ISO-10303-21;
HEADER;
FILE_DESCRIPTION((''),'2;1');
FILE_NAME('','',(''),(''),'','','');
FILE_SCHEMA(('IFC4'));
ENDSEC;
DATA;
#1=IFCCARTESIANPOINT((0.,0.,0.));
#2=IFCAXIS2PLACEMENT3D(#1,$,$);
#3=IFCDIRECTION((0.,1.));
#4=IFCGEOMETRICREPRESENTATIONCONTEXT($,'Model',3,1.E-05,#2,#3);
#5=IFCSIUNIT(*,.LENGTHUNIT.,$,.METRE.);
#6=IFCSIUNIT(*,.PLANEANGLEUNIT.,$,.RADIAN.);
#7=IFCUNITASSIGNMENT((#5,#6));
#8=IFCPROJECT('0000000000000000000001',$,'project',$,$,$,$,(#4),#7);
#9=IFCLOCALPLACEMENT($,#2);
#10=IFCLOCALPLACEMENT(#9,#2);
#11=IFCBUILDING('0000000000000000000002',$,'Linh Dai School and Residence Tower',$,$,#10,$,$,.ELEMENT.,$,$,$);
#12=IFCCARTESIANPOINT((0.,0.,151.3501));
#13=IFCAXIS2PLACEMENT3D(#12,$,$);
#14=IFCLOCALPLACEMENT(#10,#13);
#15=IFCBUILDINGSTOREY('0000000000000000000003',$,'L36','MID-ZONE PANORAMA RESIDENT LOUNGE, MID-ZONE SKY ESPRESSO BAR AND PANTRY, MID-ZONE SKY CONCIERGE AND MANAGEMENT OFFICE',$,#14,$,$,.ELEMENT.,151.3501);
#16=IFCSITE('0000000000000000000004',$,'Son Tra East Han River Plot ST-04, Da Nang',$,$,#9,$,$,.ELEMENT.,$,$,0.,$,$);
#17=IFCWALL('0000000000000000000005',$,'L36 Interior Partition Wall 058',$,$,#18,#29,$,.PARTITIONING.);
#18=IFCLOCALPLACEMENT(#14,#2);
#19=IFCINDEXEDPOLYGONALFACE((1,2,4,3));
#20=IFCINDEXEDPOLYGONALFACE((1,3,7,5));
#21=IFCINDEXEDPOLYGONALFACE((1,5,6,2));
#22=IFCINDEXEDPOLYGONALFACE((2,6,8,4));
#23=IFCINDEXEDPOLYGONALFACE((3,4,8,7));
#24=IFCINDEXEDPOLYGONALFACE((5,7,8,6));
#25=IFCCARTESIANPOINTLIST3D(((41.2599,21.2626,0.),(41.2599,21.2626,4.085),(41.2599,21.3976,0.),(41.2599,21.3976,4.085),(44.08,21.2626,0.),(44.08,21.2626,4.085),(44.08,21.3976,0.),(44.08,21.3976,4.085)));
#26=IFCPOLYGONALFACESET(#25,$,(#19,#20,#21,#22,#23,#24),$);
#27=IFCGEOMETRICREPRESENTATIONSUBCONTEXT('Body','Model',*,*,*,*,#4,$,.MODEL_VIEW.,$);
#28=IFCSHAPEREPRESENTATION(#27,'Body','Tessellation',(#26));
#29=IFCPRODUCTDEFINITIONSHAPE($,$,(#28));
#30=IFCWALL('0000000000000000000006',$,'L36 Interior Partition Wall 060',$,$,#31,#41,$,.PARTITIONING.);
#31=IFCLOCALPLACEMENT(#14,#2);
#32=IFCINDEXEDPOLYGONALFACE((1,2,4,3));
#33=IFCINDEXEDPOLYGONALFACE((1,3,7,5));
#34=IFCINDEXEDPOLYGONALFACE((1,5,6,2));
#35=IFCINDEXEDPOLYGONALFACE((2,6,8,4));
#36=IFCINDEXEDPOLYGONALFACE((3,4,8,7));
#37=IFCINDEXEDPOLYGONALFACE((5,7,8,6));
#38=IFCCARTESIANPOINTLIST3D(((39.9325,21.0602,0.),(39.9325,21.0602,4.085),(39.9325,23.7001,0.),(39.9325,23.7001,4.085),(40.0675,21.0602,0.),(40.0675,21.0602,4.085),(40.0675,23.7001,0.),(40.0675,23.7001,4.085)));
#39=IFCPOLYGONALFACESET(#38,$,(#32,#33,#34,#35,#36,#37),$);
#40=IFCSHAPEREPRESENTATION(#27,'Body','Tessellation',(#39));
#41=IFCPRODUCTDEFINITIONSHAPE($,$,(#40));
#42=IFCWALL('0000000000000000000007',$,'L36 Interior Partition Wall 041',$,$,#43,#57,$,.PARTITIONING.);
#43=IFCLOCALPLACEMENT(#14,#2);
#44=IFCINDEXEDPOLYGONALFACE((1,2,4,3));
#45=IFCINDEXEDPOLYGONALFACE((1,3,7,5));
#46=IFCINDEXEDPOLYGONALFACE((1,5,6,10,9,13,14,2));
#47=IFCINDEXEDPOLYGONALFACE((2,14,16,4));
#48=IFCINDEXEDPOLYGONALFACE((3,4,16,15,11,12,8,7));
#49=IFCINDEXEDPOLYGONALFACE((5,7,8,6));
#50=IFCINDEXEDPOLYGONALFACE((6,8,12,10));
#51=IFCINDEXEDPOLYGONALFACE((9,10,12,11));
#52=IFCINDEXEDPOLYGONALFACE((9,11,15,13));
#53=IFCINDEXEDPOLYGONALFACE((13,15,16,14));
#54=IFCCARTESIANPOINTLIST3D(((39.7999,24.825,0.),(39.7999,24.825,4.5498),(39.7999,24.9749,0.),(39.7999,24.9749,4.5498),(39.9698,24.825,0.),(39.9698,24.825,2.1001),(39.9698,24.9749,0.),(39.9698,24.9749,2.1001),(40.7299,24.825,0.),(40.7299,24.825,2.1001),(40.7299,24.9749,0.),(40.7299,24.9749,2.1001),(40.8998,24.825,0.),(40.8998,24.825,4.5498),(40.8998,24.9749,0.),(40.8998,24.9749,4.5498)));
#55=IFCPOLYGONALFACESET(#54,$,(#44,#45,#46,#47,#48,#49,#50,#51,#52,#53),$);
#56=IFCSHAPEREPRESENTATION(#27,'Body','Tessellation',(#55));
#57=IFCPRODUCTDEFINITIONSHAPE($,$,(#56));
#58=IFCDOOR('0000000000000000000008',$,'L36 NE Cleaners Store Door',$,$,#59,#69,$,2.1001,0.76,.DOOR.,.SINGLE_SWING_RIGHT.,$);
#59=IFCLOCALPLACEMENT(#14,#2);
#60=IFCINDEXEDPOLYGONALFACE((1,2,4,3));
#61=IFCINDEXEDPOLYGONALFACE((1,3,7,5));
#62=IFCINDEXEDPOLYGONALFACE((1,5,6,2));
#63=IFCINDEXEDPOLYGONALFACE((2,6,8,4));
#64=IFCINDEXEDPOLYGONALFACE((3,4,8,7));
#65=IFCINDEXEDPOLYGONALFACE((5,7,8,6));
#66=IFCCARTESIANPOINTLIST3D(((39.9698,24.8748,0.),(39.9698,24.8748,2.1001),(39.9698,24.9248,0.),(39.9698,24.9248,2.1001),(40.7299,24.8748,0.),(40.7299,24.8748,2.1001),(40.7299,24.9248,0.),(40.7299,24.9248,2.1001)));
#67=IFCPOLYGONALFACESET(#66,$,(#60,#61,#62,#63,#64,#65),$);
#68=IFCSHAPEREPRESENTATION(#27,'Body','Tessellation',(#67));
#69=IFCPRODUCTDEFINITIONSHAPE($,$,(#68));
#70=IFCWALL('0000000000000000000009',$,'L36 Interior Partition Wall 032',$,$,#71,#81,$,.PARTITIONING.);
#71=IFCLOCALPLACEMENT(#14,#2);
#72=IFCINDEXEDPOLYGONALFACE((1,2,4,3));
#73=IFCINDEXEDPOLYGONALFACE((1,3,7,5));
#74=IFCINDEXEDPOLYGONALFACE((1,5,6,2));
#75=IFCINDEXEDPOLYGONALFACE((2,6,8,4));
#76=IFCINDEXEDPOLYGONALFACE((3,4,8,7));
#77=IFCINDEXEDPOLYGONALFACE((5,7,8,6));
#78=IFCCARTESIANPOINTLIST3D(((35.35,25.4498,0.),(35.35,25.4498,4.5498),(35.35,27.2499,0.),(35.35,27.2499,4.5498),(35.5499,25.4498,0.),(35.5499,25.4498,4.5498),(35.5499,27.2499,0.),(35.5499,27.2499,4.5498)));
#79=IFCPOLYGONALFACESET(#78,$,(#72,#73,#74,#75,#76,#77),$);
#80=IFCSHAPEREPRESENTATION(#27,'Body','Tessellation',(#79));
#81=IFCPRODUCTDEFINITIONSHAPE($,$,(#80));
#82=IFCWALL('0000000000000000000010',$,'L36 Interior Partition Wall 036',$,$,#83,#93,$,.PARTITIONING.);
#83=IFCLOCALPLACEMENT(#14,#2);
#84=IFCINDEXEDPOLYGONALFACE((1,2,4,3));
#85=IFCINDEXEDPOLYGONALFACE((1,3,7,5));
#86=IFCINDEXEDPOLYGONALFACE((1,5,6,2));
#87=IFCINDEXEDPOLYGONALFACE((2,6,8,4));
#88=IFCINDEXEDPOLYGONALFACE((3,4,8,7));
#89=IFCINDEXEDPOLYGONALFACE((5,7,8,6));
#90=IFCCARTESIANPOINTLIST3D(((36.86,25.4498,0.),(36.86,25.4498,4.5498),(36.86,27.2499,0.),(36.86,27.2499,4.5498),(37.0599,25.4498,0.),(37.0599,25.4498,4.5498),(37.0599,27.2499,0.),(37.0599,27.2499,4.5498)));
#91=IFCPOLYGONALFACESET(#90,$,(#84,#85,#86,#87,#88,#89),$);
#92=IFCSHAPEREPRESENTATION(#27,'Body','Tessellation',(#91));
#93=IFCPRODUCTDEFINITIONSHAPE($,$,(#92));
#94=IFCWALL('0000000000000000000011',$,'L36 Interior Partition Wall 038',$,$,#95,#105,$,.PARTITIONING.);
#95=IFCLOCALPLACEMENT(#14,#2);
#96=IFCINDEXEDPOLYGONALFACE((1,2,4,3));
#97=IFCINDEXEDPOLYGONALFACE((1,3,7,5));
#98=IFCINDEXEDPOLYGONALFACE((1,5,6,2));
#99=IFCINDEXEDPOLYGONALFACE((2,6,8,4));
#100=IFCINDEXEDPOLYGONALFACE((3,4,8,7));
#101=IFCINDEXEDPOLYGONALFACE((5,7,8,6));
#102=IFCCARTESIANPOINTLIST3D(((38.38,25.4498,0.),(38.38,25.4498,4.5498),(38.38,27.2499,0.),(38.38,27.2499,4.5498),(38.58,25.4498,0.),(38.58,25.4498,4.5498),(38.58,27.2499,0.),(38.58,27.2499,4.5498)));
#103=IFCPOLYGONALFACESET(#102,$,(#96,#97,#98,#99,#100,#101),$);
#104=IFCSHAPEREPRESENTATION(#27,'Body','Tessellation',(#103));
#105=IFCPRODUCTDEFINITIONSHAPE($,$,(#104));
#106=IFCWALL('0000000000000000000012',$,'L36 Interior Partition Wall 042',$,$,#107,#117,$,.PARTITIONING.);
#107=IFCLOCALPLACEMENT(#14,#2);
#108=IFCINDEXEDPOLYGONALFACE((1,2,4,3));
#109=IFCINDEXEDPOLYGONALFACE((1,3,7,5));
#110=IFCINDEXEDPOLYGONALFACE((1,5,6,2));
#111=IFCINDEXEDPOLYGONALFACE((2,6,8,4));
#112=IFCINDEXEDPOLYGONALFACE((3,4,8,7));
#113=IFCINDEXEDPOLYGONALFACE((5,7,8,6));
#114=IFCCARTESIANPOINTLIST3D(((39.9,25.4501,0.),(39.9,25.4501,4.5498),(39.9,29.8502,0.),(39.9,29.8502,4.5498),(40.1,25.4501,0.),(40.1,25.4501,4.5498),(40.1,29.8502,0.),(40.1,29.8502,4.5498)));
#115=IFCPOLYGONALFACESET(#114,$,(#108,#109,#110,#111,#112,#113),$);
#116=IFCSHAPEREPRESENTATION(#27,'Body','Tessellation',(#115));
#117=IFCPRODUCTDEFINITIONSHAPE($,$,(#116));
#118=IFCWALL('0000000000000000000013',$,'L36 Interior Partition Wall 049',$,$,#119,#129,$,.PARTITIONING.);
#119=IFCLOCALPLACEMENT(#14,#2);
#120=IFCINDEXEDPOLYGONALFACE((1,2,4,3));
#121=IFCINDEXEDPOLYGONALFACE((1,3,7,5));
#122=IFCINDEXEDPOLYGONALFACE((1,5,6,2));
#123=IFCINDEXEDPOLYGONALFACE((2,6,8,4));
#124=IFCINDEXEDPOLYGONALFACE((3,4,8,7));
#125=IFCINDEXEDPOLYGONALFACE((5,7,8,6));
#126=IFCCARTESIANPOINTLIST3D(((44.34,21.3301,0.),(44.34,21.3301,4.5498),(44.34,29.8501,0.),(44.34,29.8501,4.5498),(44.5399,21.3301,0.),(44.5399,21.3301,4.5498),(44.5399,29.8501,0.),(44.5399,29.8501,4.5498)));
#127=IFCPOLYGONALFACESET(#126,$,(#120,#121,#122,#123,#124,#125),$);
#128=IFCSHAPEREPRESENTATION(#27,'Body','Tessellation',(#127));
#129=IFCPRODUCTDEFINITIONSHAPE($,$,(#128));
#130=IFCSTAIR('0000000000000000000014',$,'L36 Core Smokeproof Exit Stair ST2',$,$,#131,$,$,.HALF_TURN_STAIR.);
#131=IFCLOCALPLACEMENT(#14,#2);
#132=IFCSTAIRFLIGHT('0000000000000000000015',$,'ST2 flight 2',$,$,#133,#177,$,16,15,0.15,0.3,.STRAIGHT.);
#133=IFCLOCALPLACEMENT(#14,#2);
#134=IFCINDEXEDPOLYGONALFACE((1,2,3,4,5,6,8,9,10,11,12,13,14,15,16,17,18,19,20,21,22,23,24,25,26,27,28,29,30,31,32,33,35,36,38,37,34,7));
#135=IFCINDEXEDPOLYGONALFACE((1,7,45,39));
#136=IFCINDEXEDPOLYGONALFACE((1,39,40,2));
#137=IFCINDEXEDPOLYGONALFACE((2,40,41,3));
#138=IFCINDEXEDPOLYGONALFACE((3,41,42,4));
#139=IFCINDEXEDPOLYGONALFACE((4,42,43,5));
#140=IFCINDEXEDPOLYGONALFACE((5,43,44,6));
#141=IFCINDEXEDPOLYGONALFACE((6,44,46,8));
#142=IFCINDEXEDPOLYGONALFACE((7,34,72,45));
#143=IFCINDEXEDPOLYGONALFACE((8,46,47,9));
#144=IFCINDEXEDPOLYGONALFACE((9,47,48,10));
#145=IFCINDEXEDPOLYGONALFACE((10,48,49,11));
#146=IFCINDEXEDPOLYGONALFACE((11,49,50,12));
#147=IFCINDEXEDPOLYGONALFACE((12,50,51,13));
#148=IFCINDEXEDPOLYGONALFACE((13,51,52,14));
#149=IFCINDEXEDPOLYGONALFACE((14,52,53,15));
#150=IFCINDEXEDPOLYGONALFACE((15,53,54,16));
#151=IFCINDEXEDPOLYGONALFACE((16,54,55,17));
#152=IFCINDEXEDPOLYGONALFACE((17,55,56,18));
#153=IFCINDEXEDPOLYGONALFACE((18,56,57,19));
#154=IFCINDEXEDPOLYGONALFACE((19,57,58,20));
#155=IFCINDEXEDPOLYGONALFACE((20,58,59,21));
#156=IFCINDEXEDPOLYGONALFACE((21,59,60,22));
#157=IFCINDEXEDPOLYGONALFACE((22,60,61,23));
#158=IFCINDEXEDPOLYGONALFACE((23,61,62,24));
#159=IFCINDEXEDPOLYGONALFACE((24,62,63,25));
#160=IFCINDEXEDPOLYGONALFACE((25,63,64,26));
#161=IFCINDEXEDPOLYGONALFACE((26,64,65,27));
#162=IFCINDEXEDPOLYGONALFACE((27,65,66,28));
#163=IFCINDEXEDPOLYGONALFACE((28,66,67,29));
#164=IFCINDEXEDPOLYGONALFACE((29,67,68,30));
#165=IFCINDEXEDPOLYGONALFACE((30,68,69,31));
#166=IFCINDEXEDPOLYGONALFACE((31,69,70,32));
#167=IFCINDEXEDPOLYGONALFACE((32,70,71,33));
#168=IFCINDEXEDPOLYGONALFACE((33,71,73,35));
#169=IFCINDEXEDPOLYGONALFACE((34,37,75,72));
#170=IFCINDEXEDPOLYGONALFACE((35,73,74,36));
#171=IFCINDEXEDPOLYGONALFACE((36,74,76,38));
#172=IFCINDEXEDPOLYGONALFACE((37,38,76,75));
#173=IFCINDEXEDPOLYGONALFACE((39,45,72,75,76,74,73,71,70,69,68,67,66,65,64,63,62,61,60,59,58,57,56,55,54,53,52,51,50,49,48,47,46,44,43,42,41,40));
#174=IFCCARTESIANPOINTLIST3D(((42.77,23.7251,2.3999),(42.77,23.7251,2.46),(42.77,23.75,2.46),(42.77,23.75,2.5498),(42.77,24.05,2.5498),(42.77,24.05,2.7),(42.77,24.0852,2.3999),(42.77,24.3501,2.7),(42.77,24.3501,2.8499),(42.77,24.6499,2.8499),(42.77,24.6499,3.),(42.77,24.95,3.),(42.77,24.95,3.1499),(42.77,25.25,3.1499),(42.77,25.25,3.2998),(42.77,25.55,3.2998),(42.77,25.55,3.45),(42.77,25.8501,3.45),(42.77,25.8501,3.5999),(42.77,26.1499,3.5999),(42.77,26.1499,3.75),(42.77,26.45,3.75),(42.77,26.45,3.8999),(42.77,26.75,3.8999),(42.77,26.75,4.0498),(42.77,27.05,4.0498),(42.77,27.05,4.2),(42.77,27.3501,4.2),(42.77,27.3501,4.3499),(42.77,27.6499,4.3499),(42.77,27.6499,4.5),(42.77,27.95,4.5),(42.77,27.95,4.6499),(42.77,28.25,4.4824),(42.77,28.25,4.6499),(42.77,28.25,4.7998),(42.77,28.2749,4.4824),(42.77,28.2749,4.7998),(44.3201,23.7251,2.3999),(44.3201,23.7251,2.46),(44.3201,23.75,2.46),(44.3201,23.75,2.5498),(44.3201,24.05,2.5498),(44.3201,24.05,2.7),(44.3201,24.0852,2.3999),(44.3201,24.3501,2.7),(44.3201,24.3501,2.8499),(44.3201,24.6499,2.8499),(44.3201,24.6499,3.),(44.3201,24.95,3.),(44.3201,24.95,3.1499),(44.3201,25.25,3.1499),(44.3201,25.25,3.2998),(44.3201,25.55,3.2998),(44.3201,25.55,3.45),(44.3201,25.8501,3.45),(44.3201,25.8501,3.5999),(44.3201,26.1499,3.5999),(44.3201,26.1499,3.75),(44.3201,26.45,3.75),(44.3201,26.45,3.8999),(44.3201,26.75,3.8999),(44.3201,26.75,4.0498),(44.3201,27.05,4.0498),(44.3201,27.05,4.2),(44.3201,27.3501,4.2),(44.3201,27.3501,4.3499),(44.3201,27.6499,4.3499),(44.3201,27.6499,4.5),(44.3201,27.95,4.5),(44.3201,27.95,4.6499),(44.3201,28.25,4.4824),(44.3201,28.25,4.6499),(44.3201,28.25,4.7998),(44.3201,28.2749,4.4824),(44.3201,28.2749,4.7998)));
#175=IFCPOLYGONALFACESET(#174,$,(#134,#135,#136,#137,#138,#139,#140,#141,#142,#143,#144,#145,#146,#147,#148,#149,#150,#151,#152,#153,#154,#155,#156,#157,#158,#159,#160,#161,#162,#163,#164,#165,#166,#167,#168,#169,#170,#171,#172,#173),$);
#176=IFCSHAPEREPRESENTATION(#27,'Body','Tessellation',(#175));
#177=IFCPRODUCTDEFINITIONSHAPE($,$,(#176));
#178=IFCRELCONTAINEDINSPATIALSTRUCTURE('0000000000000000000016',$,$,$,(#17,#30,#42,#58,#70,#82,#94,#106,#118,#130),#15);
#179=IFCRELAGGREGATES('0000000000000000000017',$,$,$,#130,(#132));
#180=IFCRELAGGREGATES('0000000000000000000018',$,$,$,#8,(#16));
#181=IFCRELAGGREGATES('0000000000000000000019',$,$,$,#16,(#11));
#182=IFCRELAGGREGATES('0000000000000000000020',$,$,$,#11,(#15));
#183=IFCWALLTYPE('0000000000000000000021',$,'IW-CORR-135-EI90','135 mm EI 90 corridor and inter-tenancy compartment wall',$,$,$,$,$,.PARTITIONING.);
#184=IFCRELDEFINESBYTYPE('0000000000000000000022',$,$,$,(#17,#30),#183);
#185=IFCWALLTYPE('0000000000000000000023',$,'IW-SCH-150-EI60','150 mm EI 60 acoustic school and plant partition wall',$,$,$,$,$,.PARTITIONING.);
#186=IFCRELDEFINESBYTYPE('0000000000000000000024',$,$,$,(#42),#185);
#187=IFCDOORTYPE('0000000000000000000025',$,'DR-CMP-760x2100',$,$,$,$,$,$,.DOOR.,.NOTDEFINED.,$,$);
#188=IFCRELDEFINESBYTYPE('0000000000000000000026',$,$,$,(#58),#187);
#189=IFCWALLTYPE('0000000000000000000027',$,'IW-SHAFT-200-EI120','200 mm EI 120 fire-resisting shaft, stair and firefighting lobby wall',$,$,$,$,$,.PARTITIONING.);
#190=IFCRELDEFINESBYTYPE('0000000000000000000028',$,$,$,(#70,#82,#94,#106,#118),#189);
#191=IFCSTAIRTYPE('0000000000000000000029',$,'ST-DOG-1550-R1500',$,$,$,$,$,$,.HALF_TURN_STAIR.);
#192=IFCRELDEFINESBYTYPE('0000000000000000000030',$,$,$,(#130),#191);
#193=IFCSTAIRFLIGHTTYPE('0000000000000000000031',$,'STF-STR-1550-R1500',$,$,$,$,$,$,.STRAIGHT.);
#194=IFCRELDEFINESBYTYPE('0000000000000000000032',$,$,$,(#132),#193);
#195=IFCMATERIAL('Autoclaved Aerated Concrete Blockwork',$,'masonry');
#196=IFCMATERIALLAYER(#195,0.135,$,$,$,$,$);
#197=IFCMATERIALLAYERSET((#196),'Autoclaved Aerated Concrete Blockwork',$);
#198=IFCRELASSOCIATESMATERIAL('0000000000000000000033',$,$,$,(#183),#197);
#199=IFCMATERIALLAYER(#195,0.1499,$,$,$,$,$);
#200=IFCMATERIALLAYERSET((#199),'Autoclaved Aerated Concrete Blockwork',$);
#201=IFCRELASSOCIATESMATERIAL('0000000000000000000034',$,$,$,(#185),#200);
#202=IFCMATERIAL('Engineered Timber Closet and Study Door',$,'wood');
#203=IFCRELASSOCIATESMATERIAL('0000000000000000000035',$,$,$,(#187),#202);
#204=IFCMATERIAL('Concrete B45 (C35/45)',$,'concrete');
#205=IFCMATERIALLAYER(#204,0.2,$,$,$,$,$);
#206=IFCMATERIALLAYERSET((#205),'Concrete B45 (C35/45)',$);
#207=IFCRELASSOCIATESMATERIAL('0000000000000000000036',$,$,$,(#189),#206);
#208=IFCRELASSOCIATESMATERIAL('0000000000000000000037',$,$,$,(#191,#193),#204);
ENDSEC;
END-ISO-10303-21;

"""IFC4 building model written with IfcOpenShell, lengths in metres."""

from ifc_helpers import new_model, si_unit, direction, frame, frame_2d, origin, origin_2d, place, context, subcontext, project, spatial, polyline, rectangle, outline, extrude, source, transform, mapped, material, layer, layer_set, type_object, element, fill, aggregate, save


model = new_model("IFC4")

# Units and contexts
model_context = context("Model", 3, precision=1e-05, world=origin(), true_north=direction((0.0, 1.0)))
body_context = subcontext(model_context, "Body", "Model", "MODEL_VIEW")
ifc_project = project(units=[si_unit("LENGTHUNIT", "METRE"), si_unit("PLANEANGLEUNIT", "RADIAN")], contexts=[model_context])

# Site, building, storey
site_placement = place(None, origin())
site = spatial("IfcSite", under=ifc_project, at=site_placement, Name="Son Tra East Han River Plot ST-04, Da Nang", CompositionType="ELEMENT", RefElevation=0.0)
building_placement = place(site_placement, origin())
building = spatial("IfcBuilding", under=site, at=building_placement, Name="Linh Dai School and Residence Tower", CompositionType="ELEMENT")
storey_placement = place(building_placement, frame((0.0, 0.0, 151.3501)))
storey = spatial("IfcBuildingStorey", under=building, at=storey_placement, Name="L36", Description="MID-ZONE PANORAMA RESIDENT LOUNGE, MID-ZONE SKY ESPRESSO BAR AND PANTRY, MID-ZONE SKY CONCIERGE AND MANAGEMENT OFFICE", CompositionType="ELEMENT", Elevation=151.3501)

# Shared definitions
ifc_material_1 = material(Name="Autoclaved Aerated Concrete Blockwork", Category="masonry")
ifc_layer_1 = layer(ifc_material_1, 0.135)
ifc_layer_set_1 = layer_set([ifc_layer_1], Name="Autoclaved Aerated Concrete Blockwork")
wall_type_1 = type_object("IfcWallType", Name="IW-CORR-135-EI90", Description="135 mm EI 90 corridor and inter-tenancy compartment wall", PredefinedType="PARTITIONING", material=ifc_layer_set_1)

# Walls
wall_1_placement = place(storey_placement, frame((44.0801, 21.3301, 0.0), z_axis=(0.0, 0.0, 1.0), x_axis=(-1.0, 0.0, 0.0)))
element("IfcWall", 1, at=wall_1_placement, inside=storey, type_object=wall_type_1, Name="L36 Interior Partition Wall 058", PredefinedType="PARTITIONING", context=body_context, shape_type="SweptSolid", body=[
    extrude(rectangle(XDim=2.8201, YDim=0.135, at=frame_2d((1.4102, 0.0))), origin(), (0.0, 0.0, 1.0), 4.085),
])
wall_2_placement = place(storey_placement, frame((40.0, 23.7, 0.0), z_axis=(0.0, 0.0, 1.0), x_axis=(0.0, -1.0, 0.0)))
element("IfcWall", 2, at=wall_2_placement, inside=storey, type_object=wall_type_1, Name="L36 Interior Partition Wall 060", PredefinedType="PARTITIONING", context=body_context, shape_type="SweptSolid", body=[
    extrude(rectangle(XDim=2.6399, YDim=0.135, at=frame_2d((1.3198, 0.0))), origin(), (0.0, 0.0, 1.0), 4.085),
])

# Wall, opening, door
ifc_layer_2 = layer(ifc_material_1, 0.1499)
ifc_layer_set_2 = layer_set([ifc_layer_2], Name="Autoclaved Aerated Concrete Blockwork")
wall_type_2 = type_object("IfcWallType", Name="IW-SCH-150-EI60", Description="150 mm EI 60 acoustic school and plant partition wall", PredefinedType="PARTITIONING", material=ifc_layer_set_2)
wall_3_placement = place(storey_placement, frame((39.8, 24.8999, 0.0), z_axis=(0.0, 0.0, 1.0), x_axis=(1.0, 0.0, 0.0)))
wall_3 = element("IfcWall", 3, at=wall_3_placement, inside=storey, type_object=wall_type_2, Name="L36 Interior Partition Wall 041", PredefinedType="PARTITIONING", context=body_context, shape_type="SweptSolid", body=[
    extrude(rectangle(XDim=1.0999, YDim=0.1499, at=frame_2d((0.5498, 0.0))), origin(), (0.0, 0.0, 1.0), 4.5498),
])
opening_1_placement = place(wall_3_placement, frame((0.1699, 0.0, 0.0)))
opening_1 = element("IfcOpeningElement", 4, at=opening_1_placement, cuts=wall_3, PredefinedType="OPENING", context=body_context, shape_type="SweptSolid", body=[
    extrude(rectangle(XDim=0.76, YDim=2.1001, at=origin_2d()), frame((0.3799, 0.085, 1.05), z_axis=(0.0, -1.0, 0.0), x_axis=(1.0, 0.0, 0.0)), (0.0, 0.0, 1.0), 0.1699),
])
ifc_material_2 = material(Name="Engineered Timber Closet and Study Door", Category="wood")
door_type_1 = type_object("IfcDoorType", Name="DR-CMP-760x2100", OperationType="NOTDEFINED", PredefinedType="DOOR", material=ifc_material_2)
shared_shape_1 = source(origin(), body_context, "Body", "SweptSolid", [
    extrude(rectangle(XDim=0.76, YDim=2.1001, at=origin_2d()), frame((0.3799, 0.0249, 1.05), z_axis=(0.0, -1.0, 0.0), x_axis=(1.0, 0.0, 0.0)), (0.0, 0.0, 1.0), 0.05),
])
door_1_placement = place(opening_1_placement, origin())
door_1 = element("IfcDoor", 5, at=door_1_placement, inside=storey, type_object=door_type_1, Name="L36 NE Cleaners Store Door", OperationType="SINGLE_SWING_RIGHT", OverallHeight=2.1001, OverallWidth=0.76, PredefinedType="DOOR", context=body_context, shape_type="MappedRepresentation", body=[
    mapped(shared_shape_1, transform((0.0, 0.0, 0.0), x_axis=(1.0, 0.0, 0.0), y_axis=(0.0, 1.0, 0.0), z_axis=(0.0, 0.0, 1.0), scale=1.0)),
])
fill(opening_1, door_1)

# Wall
ifc_material_3 = material(Name="Concrete B45 (C35/45)", Category="concrete")
ifc_layer_3 = layer(ifc_material_3, 0.2)
ifc_layer_set_3 = layer_set([ifc_layer_3], Name="Concrete B45 (C35/45)")
wall_type_3 = type_object("IfcWallType", Name="IW-SHAFT-200-EI120", Description="200 mm EI 120 fire-resisting shaft, stair and firefighting lobby wall", PredefinedType="PARTITIONING", material=ifc_layer_set_3)
wall_4_placement = place(storey_placement, frame((35.45, 25.45, 0.0), z_axis=(0.0, 0.0, 1.0), x_axis=(0.0, 1.0, 0.0)))
element("IfcWall", 6, at=wall_4_placement, inside=storey, type_object=wall_type_3, Name="L36 Interior Partition Wall 032", PredefinedType="PARTITIONING", context=body_context, shape_type="SweptSolid", body=[
    extrude(rectangle(XDim=1.8, YDim=0.2, at=frame_2d((0.8999, 0.0))), origin(), (0.0, 0.0, 1.0), 4.5498),
])

# Walls
for number, where, z_axis, x_axis, name in (
    (7, (36.96, 25.45, 0.0), (0.0, 0.0, 1.0), (0.0, 1.0, 0.0), "L36 Interior Partition Wall 036"),
    (8, (38.48, 25.45, 0.0), (0.0, 0.0, 1.0), (0.0, 1.0, 0.0), "L36 Interior Partition Wall 038"),
):
    element("IfcWall", number, at=place(storey_placement, frame(where, z_axis=z_axis, x_axis=x_axis)), inside=storey, type_object=wall_type_3, Name=name, PredefinedType="PARTITIONING", context=body_context, shape_type="SweptSolid", body=[
        extrude(rectangle(XDim=1.8, YDim=0.2, at=frame_2d((0.8999, 0.0))), origin(), (0.0, 0.0, 1.0), 4.5498),
    ])
wall_5_placement = place(storey_placement, frame((40.0, 25.45, 0.0), z_axis=(0.0, 0.0, 1.0), x_axis=(0.0, 1.0, 0.0)))
element("IfcWall", 9, at=wall_5_placement, inside=storey, type_object=wall_type_3, Name="L36 Interior Partition Wall 042", PredefinedType="PARTITIONING", context=body_context, shape_type="SweptSolid", body=[
    extrude(rectangle(XDim=4.4001, YDim=0.2, at=frame_2d((2.2002, 0.0))), origin(), (0.0, 0.0, 1.0), 4.5498),
])
wall_6_placement = place(storey_placement, frame((44.4399, 21.3301, 0.0), z_axis=(0.0, 0.0, 1.0), x_axis=(0.0, 1.0, 0.0)))
element("IfcWall", 10, at=wall_6_placement, inside=storey, type_object=wall_type_3, Name="L36 Interior Partition Wall 049", PredefinedType="PARTITIONING", context=body_context, shape_type="SweptSolid", body=[
    extrude(rectangle(XDim=8.52, YDim=0.2, at=frame_2d((4.26, 0.0))), origin(), (0.0, 0.0, 1.0), 4.5498),
])

# Stair, stair flight
stair_type = type_object("IfcStairType", Name="ST-DOG-1550-R1500", PredefinedType="HALF_TURN_STAIR", material=ifc_material_3)
stair_placement = place(storey_placement, origin())
stair = element("IfcStair", 11, at=stair_placement, inside=storey, type_object=stair_type, Name="L36 Core Smokeproof Exit Stair ST2", PredefinedType="HALF_TURN_STAIR")
stair_flight_type = type_object("IfcStairFlightType", Name="STF-STR-1550-R1500", PredefinedType="STRAIGHT", material=ifc_material_3)
shared_shape_2 = source(origin(), body_context, "Body", "SweptSolid", [
    extrude(outline(polyline([(-0.0249, 0.0), (-0.0249, 0.0601), (0.0, 0.0601), (0.0, 0.1499), (0.3, 0.1499), (0.3, 0.3), (0.6001, 0.3), (0.6001, 0.45), (0.8999, 0.45), (0.8999, 0.6001), (1.2, 0.6001), (1.2, 0.75), (1.5, 0.75), (1.5, 0.8999), (1.8, 0.8999), (1.8, 1.05), (2.1001, 1.05), (2.1001, 1.2), (2.3999, 1.2), (2.3999, 1.3501), (2.7, 1.3501), (2.7, 1.5), (3.0, 1.5), (3.0, 1.6499), (3.3, 1.6499), (3.3, 1.8), (3.6001, 1.8), (3.6001, 1.95), (3.8999, 1.95), (3.8999, 2.1001), (4.2, 2.1001), (4.2, 2.25), (4.5, 2.25), (4.5, 2.3999), (4.5249, 2.3999), (4.5249, 2.0825), (4.5, 2.0825), (0.3352, 0.0), (-0.0249, 0.0)])), frame((0.0, 0.7749, 0.0), z_axis=(0.0, -1.0, 0.0), x_axis=(1.0, 0.0, 0.0)), (0.0, 0.0, 1.0), 1.55),
])
stair_flight_placement = place(storey_placement, frame((43.5449, 23.75, 2.3999), z_axis=(0.0, 0.0, 1.0), x_axis=(0.0, 1.0, 0.0)))
stair_flight = element("IfcStairFlight", 12, at=stair_flight_placement, type_object=stair_flight_type, Name="ST2 flight 2", NumberOfRisers=16, NumberOfTreads=15, PredefinedType="STRAIGHT", RiserHeight=0.15, TreadLength=0.3, context=body_context, shape_type="MappedRepresentation", body=[
    mapped(shared_shape_2, transform((0.0, 0.0, 0.0), x_axis=(1.0, 0.0, 0.0), y_axis=(0.0, 1.0, 0.0), z_axis=(0.0, 0.0, 1.0), scale=1.0)),
])
aggregate(stair, [stair_flight])

save(model, "model.ifc")
